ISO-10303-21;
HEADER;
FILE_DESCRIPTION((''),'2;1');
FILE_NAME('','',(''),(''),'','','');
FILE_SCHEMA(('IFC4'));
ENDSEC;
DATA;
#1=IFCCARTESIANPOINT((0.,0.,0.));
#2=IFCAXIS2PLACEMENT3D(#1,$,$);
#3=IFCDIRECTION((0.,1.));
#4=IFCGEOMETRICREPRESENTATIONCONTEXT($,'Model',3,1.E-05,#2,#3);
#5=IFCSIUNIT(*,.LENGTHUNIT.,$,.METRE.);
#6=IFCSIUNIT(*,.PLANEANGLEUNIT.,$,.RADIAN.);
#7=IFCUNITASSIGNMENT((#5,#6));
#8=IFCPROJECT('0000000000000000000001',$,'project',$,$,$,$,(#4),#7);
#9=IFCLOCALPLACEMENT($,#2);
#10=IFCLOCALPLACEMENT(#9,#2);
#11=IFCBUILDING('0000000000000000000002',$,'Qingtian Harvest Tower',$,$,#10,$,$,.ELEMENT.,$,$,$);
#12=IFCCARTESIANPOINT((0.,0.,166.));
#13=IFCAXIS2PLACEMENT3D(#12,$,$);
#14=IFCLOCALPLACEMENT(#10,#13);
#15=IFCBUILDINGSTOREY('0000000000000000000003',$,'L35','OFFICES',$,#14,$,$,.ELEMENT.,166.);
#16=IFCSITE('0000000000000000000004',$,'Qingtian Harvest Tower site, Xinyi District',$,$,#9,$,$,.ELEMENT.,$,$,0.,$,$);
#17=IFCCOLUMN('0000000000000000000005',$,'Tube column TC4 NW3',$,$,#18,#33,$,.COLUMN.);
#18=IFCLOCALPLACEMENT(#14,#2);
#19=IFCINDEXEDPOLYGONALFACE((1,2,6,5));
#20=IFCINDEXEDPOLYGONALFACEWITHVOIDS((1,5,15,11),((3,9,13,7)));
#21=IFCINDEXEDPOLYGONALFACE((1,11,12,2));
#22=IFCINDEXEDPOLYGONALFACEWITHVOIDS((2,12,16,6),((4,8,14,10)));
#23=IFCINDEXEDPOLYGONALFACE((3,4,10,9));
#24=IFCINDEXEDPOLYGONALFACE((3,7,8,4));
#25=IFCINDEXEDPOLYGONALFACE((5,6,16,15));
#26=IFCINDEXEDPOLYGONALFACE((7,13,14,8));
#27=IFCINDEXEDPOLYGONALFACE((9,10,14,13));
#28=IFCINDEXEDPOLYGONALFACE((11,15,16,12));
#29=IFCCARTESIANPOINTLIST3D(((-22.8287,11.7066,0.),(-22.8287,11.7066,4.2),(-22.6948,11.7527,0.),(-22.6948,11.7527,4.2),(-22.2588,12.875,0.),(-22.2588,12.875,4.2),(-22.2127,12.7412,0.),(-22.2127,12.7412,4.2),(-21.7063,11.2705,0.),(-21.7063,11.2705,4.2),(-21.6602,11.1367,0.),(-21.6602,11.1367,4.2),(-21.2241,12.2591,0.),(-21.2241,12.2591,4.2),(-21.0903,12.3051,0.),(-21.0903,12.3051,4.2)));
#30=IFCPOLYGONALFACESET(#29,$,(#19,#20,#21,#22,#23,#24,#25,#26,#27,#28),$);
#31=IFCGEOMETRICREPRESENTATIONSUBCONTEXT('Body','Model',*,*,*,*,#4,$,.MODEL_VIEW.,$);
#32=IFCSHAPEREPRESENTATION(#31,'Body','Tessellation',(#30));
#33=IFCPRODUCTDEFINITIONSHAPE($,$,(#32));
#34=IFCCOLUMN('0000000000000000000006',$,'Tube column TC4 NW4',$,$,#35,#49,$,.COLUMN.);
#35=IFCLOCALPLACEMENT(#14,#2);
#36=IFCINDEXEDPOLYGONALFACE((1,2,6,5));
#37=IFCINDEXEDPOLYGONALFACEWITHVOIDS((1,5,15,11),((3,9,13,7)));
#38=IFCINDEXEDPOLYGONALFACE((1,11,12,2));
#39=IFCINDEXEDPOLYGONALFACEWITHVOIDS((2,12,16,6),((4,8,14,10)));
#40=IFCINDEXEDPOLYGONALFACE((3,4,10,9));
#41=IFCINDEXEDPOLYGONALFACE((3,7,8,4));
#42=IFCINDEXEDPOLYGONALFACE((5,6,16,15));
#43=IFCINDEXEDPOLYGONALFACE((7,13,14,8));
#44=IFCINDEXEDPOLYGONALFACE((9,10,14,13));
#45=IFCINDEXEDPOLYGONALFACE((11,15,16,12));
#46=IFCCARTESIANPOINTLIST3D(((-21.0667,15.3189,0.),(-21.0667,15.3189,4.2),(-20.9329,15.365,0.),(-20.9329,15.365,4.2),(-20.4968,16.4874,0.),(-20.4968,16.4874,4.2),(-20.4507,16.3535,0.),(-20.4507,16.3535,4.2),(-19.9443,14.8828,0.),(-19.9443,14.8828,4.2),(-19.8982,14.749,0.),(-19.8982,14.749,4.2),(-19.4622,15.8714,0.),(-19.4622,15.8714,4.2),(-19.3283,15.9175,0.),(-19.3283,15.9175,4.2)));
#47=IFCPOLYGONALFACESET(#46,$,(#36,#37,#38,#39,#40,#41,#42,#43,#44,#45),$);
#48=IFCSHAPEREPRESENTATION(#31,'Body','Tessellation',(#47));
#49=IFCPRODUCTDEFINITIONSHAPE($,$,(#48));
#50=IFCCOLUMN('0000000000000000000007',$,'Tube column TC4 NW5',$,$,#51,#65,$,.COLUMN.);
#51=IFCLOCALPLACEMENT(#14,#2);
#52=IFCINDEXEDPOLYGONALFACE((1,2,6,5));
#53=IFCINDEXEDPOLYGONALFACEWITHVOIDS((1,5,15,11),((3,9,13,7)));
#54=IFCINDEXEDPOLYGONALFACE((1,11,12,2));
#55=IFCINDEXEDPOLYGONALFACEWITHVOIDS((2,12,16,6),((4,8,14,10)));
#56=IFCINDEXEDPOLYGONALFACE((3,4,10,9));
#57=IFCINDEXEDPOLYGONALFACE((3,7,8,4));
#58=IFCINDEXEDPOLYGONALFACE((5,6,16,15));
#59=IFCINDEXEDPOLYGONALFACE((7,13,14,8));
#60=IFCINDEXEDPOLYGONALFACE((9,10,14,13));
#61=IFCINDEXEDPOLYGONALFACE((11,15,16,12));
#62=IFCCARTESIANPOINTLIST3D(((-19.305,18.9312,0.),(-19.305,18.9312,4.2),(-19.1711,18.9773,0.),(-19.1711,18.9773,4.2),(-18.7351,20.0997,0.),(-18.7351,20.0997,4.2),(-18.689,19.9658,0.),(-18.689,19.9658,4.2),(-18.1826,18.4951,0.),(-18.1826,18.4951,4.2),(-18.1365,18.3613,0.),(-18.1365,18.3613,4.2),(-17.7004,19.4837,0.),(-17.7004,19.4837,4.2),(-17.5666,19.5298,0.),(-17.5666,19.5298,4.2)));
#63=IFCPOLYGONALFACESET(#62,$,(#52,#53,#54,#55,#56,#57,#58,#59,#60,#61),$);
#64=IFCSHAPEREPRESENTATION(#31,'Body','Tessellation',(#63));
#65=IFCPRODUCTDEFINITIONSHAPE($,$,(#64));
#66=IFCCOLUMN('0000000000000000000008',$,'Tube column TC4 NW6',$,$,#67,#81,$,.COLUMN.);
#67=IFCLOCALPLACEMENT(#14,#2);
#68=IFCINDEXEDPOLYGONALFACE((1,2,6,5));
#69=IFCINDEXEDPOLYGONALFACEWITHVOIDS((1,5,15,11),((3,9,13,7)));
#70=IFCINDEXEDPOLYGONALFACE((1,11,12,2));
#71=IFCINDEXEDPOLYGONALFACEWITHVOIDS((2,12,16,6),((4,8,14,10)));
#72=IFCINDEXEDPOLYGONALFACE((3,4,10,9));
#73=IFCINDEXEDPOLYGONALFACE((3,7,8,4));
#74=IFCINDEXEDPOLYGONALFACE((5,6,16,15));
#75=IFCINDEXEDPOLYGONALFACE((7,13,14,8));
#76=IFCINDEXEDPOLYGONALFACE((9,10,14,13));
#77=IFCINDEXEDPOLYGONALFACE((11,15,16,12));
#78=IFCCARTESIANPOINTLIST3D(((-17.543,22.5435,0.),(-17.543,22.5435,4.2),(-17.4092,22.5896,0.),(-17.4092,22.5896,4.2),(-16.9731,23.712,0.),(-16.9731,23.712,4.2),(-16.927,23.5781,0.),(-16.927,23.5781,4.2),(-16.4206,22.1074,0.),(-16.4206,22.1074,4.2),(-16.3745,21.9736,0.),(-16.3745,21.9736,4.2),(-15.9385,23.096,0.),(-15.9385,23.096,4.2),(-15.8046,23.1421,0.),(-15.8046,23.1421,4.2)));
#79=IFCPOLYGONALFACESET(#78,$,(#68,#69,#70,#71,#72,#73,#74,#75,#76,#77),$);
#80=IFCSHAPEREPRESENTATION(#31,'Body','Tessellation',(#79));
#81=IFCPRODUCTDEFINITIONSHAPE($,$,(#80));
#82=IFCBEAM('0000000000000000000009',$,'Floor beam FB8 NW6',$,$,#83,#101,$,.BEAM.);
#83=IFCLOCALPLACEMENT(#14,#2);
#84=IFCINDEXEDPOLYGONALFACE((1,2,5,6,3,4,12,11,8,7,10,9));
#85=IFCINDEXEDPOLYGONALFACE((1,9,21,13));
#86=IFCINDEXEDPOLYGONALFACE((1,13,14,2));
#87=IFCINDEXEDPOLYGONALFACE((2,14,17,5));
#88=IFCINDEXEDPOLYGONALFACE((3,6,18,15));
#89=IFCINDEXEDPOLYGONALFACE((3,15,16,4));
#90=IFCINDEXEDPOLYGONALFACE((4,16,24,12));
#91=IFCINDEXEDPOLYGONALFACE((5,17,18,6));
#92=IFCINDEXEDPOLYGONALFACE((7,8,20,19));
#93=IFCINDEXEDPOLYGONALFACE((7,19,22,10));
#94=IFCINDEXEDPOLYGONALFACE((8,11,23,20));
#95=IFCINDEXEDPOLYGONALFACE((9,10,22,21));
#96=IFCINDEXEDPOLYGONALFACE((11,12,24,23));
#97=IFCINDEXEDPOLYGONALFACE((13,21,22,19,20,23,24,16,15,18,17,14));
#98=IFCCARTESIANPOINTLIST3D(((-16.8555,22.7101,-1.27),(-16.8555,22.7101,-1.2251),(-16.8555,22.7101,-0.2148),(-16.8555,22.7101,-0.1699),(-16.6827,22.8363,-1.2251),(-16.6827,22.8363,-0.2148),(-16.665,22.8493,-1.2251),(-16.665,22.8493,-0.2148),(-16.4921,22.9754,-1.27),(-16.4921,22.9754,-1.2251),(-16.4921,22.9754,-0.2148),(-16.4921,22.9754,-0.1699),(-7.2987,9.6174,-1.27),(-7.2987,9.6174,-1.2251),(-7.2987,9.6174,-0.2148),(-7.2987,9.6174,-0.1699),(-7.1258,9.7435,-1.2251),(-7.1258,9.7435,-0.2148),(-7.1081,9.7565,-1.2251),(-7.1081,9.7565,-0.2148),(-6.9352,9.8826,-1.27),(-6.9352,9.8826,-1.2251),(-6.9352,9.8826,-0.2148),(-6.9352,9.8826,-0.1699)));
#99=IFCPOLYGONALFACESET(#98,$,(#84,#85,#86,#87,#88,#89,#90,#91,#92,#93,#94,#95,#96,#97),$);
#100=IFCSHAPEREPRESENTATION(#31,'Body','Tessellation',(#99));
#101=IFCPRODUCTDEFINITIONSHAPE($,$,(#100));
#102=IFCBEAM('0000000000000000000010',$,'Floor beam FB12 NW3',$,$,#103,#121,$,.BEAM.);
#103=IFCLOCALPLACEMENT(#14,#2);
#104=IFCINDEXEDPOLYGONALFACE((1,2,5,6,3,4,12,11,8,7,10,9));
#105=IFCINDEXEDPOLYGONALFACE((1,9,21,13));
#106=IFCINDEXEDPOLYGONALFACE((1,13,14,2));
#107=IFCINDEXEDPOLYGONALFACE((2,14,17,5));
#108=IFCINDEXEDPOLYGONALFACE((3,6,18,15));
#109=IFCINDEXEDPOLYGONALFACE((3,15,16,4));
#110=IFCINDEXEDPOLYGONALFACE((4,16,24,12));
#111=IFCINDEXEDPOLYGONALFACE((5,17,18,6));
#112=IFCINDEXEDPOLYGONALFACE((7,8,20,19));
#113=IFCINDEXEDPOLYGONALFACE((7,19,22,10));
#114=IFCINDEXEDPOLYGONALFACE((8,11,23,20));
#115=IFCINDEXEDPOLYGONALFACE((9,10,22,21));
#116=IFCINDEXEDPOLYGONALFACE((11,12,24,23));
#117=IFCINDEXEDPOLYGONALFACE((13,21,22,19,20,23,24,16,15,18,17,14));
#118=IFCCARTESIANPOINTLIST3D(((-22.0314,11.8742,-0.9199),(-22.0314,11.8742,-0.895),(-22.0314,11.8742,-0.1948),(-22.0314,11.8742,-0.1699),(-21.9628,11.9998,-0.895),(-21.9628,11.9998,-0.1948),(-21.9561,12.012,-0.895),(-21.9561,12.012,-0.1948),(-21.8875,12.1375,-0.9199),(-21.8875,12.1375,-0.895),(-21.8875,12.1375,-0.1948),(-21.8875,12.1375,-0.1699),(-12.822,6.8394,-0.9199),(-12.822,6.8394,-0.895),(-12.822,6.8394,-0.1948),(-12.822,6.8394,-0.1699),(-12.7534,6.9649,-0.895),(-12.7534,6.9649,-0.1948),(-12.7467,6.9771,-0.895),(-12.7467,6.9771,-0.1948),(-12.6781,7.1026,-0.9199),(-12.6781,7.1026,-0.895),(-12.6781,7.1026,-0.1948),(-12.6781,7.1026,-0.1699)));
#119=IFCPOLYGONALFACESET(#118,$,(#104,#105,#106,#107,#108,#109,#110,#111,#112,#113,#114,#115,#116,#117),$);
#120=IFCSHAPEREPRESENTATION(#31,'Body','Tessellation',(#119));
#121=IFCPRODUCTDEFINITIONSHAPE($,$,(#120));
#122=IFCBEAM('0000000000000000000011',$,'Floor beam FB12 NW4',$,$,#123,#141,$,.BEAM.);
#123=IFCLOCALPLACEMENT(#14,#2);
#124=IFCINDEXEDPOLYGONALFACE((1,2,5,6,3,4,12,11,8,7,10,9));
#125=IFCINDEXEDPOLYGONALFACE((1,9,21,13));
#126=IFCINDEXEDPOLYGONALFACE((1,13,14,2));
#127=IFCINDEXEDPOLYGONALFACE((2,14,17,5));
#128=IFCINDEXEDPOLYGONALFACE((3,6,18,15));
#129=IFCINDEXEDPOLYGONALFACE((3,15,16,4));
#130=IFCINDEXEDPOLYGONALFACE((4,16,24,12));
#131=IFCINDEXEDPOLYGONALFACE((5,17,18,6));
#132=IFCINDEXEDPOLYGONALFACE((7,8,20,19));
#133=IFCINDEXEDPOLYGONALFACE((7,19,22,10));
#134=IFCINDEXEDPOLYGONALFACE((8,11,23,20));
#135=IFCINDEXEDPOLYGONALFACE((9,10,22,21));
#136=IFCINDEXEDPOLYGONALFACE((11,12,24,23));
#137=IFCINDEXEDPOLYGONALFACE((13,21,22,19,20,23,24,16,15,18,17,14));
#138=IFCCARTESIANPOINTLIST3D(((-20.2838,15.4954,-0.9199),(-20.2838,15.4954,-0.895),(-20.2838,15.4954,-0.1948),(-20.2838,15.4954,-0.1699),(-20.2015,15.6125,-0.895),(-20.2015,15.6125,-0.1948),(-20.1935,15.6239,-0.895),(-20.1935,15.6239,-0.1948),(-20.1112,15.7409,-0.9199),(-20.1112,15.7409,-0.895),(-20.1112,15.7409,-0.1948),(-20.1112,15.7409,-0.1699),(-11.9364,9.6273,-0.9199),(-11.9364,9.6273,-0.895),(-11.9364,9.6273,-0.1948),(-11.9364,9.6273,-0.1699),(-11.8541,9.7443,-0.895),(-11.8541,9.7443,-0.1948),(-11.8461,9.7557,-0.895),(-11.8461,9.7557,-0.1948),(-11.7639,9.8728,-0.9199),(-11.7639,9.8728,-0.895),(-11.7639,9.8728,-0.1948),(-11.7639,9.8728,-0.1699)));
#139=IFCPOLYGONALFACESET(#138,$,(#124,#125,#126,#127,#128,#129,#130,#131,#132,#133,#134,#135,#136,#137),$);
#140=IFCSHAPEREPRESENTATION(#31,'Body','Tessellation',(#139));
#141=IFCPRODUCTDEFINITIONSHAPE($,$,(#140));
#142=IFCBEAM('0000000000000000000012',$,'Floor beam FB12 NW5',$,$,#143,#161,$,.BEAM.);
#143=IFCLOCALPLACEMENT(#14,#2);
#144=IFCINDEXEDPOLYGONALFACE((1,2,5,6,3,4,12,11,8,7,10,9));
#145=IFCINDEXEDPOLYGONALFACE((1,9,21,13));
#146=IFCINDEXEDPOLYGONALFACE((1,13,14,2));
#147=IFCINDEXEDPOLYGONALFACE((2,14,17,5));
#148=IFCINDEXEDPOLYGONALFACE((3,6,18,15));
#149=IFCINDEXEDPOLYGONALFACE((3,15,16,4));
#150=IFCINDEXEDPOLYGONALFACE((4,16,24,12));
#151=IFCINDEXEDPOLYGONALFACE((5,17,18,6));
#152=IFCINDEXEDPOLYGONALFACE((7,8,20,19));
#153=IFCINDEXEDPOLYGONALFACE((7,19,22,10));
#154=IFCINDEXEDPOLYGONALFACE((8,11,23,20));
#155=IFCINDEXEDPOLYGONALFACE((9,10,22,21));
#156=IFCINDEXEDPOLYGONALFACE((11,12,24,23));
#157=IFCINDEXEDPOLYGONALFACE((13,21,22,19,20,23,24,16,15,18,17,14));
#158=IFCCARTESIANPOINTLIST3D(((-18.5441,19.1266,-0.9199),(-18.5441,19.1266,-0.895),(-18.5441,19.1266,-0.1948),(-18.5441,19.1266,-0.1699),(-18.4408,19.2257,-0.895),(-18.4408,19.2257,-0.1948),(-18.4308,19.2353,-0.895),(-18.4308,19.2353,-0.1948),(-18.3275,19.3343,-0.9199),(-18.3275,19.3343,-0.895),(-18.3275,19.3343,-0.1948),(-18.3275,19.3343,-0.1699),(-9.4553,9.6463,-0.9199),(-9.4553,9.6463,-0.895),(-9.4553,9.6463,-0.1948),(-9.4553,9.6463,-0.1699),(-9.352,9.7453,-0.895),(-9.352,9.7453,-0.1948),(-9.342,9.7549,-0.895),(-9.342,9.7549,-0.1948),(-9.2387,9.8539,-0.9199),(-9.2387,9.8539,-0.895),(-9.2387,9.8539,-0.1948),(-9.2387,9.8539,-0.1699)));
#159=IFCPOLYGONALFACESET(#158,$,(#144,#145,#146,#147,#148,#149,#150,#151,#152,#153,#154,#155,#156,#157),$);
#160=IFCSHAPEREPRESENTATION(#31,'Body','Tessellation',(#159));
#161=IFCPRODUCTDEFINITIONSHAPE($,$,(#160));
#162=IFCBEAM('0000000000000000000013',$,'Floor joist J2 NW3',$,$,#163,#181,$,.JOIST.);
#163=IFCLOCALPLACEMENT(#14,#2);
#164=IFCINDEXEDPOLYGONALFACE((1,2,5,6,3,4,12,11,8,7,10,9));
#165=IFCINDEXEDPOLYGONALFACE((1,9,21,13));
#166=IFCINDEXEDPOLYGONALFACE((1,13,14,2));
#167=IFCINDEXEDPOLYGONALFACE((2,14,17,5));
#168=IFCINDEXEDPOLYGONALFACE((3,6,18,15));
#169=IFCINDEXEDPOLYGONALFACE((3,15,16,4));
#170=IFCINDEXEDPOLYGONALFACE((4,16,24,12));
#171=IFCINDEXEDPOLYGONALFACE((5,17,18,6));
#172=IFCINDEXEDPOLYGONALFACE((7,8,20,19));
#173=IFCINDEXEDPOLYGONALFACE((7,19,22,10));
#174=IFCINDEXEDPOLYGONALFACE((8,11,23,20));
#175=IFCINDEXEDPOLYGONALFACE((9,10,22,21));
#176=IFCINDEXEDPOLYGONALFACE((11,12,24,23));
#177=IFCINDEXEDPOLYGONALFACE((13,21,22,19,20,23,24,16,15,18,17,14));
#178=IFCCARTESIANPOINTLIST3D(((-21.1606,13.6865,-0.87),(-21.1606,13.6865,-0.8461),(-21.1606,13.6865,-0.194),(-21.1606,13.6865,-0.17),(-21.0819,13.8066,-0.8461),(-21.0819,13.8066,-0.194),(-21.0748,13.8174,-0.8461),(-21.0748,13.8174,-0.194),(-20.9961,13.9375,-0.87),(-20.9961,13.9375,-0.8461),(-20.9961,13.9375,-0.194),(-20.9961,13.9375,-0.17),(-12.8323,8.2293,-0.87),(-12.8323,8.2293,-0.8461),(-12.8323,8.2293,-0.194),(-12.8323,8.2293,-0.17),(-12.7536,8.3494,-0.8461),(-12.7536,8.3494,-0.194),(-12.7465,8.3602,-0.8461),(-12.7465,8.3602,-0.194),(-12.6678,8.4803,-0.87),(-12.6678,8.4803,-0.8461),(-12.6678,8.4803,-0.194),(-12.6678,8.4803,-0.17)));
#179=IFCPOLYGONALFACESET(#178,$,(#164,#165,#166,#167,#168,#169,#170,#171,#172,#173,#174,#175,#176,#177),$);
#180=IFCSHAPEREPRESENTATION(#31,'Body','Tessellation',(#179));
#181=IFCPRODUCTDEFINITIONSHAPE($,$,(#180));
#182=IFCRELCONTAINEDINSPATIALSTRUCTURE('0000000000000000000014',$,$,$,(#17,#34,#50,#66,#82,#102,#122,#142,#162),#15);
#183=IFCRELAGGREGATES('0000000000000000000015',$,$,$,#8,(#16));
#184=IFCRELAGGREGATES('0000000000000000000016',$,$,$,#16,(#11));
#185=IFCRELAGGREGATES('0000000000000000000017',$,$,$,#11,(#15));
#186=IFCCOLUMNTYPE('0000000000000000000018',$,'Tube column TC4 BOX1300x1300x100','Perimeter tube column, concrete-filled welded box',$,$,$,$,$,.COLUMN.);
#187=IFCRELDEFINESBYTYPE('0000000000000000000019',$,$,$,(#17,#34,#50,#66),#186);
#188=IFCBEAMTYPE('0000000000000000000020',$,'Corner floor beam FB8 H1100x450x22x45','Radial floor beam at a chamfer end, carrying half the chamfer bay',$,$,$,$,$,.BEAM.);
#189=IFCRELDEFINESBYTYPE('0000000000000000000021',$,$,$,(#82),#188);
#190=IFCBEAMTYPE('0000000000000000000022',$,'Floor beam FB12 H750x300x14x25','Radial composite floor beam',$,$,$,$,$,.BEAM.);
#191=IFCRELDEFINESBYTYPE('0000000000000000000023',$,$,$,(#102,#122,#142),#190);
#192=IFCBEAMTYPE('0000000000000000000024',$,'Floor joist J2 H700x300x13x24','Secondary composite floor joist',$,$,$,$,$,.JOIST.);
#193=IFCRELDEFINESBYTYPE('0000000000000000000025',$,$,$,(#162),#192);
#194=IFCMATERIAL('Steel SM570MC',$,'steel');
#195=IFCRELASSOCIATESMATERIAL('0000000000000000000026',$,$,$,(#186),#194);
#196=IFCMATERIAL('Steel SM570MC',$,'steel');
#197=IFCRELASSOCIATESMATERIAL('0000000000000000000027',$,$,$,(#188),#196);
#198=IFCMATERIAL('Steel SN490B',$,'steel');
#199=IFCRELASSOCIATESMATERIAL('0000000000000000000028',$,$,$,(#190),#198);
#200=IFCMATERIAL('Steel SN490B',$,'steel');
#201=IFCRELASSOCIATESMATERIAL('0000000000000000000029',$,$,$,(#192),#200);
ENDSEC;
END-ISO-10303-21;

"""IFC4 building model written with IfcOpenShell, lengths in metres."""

from ifc_helpers import new_model, si_unit, direction, frame, origin, origin_2d, place, context, subcontext, project, spatial, hollow_rectangle, i_section, extrude, material, material_profile, profile_set, type_object, element, save


model = new_model("IFC4")

# Units and contexts
model_context = context("Model", 3, precision=1e-05, world=origin(), true_north=direction((0.0, 1.0)))
body_context = subcontext(model_context, "Body", "Model", "MODEL_VIEW")
ifc_project = project(units=[si_unit("LENGTHUNIT", "METRE"), si_unit("PLANEANGLEUNIT", "RADIAN")], contexts=[model_context])

# Site, building, storey
site_placement = place(None, origin())
site = spatial("IfcSite", under=ifc_project, at=site_placement, Name="Qingtian Harvest Tower site, Xinyi District", CompositionType="ELEMENT", RefElevation=0.0)
building_placement = place(site_placement, origin())
building = spatial("IfcBuilding", under=site, at=building_placement, Name="Qingtian Harvest Tower", CompositionType="ELEMENT")
storey_placement = place(building_placement, frame((0.0, 0.0, 166.0)))
storey = spatial("IfcBuildingStorey", under=building, at=storey_placement, Name="L35", Description="OFFICES", CompositionType="ELEMENT", Elevation=166.0)

# Columns
ifc_material_1 = material(Name="Steel SM570MC", Category="steel")
ifc_material_profile_1 = material_profile(ifc_material_1, hollow_rectangle(XDim=1.3, YDim=1.3, WallThickness=0.1001, at=origin_2d()), Name="BOX1300x1300x100")
ifc_profile_set_1 = profile_set([ifc_material_profile_1], Name="Steel SM570MC")
column_type = type_object("IfcColumnType", Name="Tube column TC4 BOX1300x1300x100", Description="Perimeter tube column, concrete-filled welded box", PredefinedType="COLUMN", material=ifc_profile_set_1)
for number, where, z_axis, x_axis, name in (
    (1, (-21.9595, 12.0059, 0.0), (0.0, 0.0, 1.0), (-0.438371, -0.898794, 0.0), "Tube column TC4 NW3"),
    (2, (-20.1975, 15.6182, 0.0), (0.0, 0.0, 1.0), (-0.438371, -0.898794, 0.0), "Tube column TC4 NW4"),
    (3, (-18.4358, 19.2305, 0.0), (0.0, 0.0, 1.0), (-0.438371, -0.898794, 0.0), "Tube column TC4 NW5"),
    (4, (-16.6738, 22.8428, 0.0), (0.0, 0.0, 1.0), (-0.438371, -0.898794, 0.0), "Tube column TC4 NW6"),
):
    element("IfcColumn", number, at=place(storey_placement, frame(where, z_axis=z_axis, x_axis=x_axis)), inside=storey, type_object=column_type, Name=name, PredefinedType="COLUMN", context=body_context, shape_type="SweptSolid", body=[
        extrude(hollow_rectangle(XDim=1.3, YDim=1.3, WallThickness=0.1001, at=origin_2d()), origin(), (0.0, 0.0, 1.0), 4.2),
    ])

# Beams
ifc_material_2 = material(Name="Steel SM570MC", Category="steel")
ifc_material_profile_2 = material_profile(ifc_material_2, i_section(OverallWidth=0.45, OverallDepth=1.1001, WebThickness=0.022, FlangeThickness=0.0449, at=origin_2d()), Name="H1100x450x22x45")
ifc_profile_set_2 = profile_set([ifc_material_profile_2], Name="Steel SM570MC")
beam_type_1 = type_object("IfcBeamType", Name="Corner floor beam FB8 H1100x450x22x45", Description="Radial floor beam at a chamfer end, carrying half the chamfer bay", PredefinedType="BEAM", material=ifc_profile_set_2)
beam_1_placement = place(storey_placement, frame((-16.6738, 22.8428, -0.72), z_axis=(0.589578, -0.807712, 0.0), x_axis=(0.807712, 0.589578, 0.0)))
element("IfcBeam", 5, at=beam_1_placement, inside=storey, type_object=beam_type_1, Name="Floor beam FB8 NW6", PredefinedType="BEAM", context=body_context, shape_type="SweptSolid", body=[
    extrude(i_section(OverallWidth=0.45, OverallDepth=1.1001, WebThickness=0.022, FlangeThickness=0.0449, at=origin_2d()), origin(), (0.0, 0.0, 1.0), 16.2097),
])
ifc_material_3 = material(Name="Steel SN490B", Category="steel")
ifc_material_profile_3 = material_profile(ifc_material_3, i_section(OverallWidth=0.3, OverallDepth=0.75, WebThickness=0.0139, FlangeThickness=0.0249, at=origin_2d()), Name="H750x300x14x25")
ifc_profile_set_3 = profile_set([ifc_material_profile_3], Name="Steel SN490B")
beam_type_2 = type_object("IfcBeamType", Name="Floor beam FB12 H750x300x14x25", Description="Radial composite floor beam", PredefinedType="BEAM", material=ifc_profile_set_3)
beam_2_placement = place(storey_placement, frame((-21.9595, 12.0059, -0.5449), z_axis=(0.877432, -0.479701, 0.0), x_axis=(0.479701, 0.877432, 0.0)))
element("IfcBeam", 6, at=beam_2_placement, inside=storey, type_object=beam_type_2, Name="Floor beam FB12 NW3", PredefinedType="BEAM", context=body_context, shape_type="SweptSolid", body=[
    extrude(i_section(OverallWidth=0.3, OverallDepth=0.75, WebThickness=0.0139, FlangeThickness=0.0249, at=origin_2d()), origin(), (0.0, 0.0, 1.0), 10.4958),
])
beam_3_placement = place(storey_placement, frame((-20.1975, 15.6182, -0.5449), z_axis=(0.81808, -0.575104, 0.0), x_axis=(0.575104, 0.81808, 0.0)))
element("IfcBeam", 7, at=beam_3_placement, inside=storey, type_object=beam_type_2, Name="Floor beam FB12 NW4", PredefinedType="BEAM", context=body_context, shape_type="SweptSolid", body=[
    extrude(i_section(OverallWidth=0.3, OverallDepth=0.75, WebThickness=0.0139, FlangeThickness=0.0249, at=origin_2d()), origin(), (0.0, 0.0, 1.0), 10.2036),
])
beam_4_placement = place(storey_placement, frame((-18.4358, 19.2305, -0.5449), z_axis=(0.692041, -0.721858, 0.0), x_axis=(0.721858, 0.692041, 0.0)))
element("IfcBeam", 8, at=beam_4_placement, inside=storey, type_object=beam_type_2, Name="Floor beam FB12 NW5", PredefinedType="BEAM", context=body_context, shape_type="SweptSolid", body=[
    extrude(i_section(OverallWidth=0.3, OverallDepth=0.75, WebThickness=0.0139, FlangeThickness=0.0249, at=origin_2d()), origin(), (0.0, 0.0, 1.0), 13.1333),
])
ifc_material_4 = material(Name="Steel SN490B", Category="steel")
ifc_material_profile_4 = material_profile(ifc_material_4, i_section(OverallWidth=0.3, OverallDepth=0.7, WebThickness=0.0129, FlangeThickness=0.0239, at=origin_2d()), Name="H700x300x13x24")
ifc_profile_set_4 = profile_set([ifc_material_profile_4], Name="Steel SN490B")
beam_type_3 = type_object("IfcBeamType", Name="Floor joist J2 H700x300x13x24", Description="Secondary composite floor joist", PredefinedType="JOIST", material=ifc_profile_set_4)
beam_5_placement = place(storey_placement, frame((-21.0784, 13.812, -0.52), z_axis=(0.836426, -0.548079, 0.0), x_axis=(0.548079, 0.836426, 0.0)))
element("IfcBeam", 9, at=beam_5_placement, inside=storey, type_object=beam_type_3, Name="Floor joist J2 NW3", PredefinedType="JOIST", context=body_context, shape_type="SweptSolid", body=[
    extrude(i_section(OverallWidth=0.3, OverallDepth=0.7, WebThickness=0.0129, FlangeThickness=0.0239, at=origin_2d()), origin(), (0.0, 0.0, 1.0), 9.957),
])

save(model, "model.ifc")
